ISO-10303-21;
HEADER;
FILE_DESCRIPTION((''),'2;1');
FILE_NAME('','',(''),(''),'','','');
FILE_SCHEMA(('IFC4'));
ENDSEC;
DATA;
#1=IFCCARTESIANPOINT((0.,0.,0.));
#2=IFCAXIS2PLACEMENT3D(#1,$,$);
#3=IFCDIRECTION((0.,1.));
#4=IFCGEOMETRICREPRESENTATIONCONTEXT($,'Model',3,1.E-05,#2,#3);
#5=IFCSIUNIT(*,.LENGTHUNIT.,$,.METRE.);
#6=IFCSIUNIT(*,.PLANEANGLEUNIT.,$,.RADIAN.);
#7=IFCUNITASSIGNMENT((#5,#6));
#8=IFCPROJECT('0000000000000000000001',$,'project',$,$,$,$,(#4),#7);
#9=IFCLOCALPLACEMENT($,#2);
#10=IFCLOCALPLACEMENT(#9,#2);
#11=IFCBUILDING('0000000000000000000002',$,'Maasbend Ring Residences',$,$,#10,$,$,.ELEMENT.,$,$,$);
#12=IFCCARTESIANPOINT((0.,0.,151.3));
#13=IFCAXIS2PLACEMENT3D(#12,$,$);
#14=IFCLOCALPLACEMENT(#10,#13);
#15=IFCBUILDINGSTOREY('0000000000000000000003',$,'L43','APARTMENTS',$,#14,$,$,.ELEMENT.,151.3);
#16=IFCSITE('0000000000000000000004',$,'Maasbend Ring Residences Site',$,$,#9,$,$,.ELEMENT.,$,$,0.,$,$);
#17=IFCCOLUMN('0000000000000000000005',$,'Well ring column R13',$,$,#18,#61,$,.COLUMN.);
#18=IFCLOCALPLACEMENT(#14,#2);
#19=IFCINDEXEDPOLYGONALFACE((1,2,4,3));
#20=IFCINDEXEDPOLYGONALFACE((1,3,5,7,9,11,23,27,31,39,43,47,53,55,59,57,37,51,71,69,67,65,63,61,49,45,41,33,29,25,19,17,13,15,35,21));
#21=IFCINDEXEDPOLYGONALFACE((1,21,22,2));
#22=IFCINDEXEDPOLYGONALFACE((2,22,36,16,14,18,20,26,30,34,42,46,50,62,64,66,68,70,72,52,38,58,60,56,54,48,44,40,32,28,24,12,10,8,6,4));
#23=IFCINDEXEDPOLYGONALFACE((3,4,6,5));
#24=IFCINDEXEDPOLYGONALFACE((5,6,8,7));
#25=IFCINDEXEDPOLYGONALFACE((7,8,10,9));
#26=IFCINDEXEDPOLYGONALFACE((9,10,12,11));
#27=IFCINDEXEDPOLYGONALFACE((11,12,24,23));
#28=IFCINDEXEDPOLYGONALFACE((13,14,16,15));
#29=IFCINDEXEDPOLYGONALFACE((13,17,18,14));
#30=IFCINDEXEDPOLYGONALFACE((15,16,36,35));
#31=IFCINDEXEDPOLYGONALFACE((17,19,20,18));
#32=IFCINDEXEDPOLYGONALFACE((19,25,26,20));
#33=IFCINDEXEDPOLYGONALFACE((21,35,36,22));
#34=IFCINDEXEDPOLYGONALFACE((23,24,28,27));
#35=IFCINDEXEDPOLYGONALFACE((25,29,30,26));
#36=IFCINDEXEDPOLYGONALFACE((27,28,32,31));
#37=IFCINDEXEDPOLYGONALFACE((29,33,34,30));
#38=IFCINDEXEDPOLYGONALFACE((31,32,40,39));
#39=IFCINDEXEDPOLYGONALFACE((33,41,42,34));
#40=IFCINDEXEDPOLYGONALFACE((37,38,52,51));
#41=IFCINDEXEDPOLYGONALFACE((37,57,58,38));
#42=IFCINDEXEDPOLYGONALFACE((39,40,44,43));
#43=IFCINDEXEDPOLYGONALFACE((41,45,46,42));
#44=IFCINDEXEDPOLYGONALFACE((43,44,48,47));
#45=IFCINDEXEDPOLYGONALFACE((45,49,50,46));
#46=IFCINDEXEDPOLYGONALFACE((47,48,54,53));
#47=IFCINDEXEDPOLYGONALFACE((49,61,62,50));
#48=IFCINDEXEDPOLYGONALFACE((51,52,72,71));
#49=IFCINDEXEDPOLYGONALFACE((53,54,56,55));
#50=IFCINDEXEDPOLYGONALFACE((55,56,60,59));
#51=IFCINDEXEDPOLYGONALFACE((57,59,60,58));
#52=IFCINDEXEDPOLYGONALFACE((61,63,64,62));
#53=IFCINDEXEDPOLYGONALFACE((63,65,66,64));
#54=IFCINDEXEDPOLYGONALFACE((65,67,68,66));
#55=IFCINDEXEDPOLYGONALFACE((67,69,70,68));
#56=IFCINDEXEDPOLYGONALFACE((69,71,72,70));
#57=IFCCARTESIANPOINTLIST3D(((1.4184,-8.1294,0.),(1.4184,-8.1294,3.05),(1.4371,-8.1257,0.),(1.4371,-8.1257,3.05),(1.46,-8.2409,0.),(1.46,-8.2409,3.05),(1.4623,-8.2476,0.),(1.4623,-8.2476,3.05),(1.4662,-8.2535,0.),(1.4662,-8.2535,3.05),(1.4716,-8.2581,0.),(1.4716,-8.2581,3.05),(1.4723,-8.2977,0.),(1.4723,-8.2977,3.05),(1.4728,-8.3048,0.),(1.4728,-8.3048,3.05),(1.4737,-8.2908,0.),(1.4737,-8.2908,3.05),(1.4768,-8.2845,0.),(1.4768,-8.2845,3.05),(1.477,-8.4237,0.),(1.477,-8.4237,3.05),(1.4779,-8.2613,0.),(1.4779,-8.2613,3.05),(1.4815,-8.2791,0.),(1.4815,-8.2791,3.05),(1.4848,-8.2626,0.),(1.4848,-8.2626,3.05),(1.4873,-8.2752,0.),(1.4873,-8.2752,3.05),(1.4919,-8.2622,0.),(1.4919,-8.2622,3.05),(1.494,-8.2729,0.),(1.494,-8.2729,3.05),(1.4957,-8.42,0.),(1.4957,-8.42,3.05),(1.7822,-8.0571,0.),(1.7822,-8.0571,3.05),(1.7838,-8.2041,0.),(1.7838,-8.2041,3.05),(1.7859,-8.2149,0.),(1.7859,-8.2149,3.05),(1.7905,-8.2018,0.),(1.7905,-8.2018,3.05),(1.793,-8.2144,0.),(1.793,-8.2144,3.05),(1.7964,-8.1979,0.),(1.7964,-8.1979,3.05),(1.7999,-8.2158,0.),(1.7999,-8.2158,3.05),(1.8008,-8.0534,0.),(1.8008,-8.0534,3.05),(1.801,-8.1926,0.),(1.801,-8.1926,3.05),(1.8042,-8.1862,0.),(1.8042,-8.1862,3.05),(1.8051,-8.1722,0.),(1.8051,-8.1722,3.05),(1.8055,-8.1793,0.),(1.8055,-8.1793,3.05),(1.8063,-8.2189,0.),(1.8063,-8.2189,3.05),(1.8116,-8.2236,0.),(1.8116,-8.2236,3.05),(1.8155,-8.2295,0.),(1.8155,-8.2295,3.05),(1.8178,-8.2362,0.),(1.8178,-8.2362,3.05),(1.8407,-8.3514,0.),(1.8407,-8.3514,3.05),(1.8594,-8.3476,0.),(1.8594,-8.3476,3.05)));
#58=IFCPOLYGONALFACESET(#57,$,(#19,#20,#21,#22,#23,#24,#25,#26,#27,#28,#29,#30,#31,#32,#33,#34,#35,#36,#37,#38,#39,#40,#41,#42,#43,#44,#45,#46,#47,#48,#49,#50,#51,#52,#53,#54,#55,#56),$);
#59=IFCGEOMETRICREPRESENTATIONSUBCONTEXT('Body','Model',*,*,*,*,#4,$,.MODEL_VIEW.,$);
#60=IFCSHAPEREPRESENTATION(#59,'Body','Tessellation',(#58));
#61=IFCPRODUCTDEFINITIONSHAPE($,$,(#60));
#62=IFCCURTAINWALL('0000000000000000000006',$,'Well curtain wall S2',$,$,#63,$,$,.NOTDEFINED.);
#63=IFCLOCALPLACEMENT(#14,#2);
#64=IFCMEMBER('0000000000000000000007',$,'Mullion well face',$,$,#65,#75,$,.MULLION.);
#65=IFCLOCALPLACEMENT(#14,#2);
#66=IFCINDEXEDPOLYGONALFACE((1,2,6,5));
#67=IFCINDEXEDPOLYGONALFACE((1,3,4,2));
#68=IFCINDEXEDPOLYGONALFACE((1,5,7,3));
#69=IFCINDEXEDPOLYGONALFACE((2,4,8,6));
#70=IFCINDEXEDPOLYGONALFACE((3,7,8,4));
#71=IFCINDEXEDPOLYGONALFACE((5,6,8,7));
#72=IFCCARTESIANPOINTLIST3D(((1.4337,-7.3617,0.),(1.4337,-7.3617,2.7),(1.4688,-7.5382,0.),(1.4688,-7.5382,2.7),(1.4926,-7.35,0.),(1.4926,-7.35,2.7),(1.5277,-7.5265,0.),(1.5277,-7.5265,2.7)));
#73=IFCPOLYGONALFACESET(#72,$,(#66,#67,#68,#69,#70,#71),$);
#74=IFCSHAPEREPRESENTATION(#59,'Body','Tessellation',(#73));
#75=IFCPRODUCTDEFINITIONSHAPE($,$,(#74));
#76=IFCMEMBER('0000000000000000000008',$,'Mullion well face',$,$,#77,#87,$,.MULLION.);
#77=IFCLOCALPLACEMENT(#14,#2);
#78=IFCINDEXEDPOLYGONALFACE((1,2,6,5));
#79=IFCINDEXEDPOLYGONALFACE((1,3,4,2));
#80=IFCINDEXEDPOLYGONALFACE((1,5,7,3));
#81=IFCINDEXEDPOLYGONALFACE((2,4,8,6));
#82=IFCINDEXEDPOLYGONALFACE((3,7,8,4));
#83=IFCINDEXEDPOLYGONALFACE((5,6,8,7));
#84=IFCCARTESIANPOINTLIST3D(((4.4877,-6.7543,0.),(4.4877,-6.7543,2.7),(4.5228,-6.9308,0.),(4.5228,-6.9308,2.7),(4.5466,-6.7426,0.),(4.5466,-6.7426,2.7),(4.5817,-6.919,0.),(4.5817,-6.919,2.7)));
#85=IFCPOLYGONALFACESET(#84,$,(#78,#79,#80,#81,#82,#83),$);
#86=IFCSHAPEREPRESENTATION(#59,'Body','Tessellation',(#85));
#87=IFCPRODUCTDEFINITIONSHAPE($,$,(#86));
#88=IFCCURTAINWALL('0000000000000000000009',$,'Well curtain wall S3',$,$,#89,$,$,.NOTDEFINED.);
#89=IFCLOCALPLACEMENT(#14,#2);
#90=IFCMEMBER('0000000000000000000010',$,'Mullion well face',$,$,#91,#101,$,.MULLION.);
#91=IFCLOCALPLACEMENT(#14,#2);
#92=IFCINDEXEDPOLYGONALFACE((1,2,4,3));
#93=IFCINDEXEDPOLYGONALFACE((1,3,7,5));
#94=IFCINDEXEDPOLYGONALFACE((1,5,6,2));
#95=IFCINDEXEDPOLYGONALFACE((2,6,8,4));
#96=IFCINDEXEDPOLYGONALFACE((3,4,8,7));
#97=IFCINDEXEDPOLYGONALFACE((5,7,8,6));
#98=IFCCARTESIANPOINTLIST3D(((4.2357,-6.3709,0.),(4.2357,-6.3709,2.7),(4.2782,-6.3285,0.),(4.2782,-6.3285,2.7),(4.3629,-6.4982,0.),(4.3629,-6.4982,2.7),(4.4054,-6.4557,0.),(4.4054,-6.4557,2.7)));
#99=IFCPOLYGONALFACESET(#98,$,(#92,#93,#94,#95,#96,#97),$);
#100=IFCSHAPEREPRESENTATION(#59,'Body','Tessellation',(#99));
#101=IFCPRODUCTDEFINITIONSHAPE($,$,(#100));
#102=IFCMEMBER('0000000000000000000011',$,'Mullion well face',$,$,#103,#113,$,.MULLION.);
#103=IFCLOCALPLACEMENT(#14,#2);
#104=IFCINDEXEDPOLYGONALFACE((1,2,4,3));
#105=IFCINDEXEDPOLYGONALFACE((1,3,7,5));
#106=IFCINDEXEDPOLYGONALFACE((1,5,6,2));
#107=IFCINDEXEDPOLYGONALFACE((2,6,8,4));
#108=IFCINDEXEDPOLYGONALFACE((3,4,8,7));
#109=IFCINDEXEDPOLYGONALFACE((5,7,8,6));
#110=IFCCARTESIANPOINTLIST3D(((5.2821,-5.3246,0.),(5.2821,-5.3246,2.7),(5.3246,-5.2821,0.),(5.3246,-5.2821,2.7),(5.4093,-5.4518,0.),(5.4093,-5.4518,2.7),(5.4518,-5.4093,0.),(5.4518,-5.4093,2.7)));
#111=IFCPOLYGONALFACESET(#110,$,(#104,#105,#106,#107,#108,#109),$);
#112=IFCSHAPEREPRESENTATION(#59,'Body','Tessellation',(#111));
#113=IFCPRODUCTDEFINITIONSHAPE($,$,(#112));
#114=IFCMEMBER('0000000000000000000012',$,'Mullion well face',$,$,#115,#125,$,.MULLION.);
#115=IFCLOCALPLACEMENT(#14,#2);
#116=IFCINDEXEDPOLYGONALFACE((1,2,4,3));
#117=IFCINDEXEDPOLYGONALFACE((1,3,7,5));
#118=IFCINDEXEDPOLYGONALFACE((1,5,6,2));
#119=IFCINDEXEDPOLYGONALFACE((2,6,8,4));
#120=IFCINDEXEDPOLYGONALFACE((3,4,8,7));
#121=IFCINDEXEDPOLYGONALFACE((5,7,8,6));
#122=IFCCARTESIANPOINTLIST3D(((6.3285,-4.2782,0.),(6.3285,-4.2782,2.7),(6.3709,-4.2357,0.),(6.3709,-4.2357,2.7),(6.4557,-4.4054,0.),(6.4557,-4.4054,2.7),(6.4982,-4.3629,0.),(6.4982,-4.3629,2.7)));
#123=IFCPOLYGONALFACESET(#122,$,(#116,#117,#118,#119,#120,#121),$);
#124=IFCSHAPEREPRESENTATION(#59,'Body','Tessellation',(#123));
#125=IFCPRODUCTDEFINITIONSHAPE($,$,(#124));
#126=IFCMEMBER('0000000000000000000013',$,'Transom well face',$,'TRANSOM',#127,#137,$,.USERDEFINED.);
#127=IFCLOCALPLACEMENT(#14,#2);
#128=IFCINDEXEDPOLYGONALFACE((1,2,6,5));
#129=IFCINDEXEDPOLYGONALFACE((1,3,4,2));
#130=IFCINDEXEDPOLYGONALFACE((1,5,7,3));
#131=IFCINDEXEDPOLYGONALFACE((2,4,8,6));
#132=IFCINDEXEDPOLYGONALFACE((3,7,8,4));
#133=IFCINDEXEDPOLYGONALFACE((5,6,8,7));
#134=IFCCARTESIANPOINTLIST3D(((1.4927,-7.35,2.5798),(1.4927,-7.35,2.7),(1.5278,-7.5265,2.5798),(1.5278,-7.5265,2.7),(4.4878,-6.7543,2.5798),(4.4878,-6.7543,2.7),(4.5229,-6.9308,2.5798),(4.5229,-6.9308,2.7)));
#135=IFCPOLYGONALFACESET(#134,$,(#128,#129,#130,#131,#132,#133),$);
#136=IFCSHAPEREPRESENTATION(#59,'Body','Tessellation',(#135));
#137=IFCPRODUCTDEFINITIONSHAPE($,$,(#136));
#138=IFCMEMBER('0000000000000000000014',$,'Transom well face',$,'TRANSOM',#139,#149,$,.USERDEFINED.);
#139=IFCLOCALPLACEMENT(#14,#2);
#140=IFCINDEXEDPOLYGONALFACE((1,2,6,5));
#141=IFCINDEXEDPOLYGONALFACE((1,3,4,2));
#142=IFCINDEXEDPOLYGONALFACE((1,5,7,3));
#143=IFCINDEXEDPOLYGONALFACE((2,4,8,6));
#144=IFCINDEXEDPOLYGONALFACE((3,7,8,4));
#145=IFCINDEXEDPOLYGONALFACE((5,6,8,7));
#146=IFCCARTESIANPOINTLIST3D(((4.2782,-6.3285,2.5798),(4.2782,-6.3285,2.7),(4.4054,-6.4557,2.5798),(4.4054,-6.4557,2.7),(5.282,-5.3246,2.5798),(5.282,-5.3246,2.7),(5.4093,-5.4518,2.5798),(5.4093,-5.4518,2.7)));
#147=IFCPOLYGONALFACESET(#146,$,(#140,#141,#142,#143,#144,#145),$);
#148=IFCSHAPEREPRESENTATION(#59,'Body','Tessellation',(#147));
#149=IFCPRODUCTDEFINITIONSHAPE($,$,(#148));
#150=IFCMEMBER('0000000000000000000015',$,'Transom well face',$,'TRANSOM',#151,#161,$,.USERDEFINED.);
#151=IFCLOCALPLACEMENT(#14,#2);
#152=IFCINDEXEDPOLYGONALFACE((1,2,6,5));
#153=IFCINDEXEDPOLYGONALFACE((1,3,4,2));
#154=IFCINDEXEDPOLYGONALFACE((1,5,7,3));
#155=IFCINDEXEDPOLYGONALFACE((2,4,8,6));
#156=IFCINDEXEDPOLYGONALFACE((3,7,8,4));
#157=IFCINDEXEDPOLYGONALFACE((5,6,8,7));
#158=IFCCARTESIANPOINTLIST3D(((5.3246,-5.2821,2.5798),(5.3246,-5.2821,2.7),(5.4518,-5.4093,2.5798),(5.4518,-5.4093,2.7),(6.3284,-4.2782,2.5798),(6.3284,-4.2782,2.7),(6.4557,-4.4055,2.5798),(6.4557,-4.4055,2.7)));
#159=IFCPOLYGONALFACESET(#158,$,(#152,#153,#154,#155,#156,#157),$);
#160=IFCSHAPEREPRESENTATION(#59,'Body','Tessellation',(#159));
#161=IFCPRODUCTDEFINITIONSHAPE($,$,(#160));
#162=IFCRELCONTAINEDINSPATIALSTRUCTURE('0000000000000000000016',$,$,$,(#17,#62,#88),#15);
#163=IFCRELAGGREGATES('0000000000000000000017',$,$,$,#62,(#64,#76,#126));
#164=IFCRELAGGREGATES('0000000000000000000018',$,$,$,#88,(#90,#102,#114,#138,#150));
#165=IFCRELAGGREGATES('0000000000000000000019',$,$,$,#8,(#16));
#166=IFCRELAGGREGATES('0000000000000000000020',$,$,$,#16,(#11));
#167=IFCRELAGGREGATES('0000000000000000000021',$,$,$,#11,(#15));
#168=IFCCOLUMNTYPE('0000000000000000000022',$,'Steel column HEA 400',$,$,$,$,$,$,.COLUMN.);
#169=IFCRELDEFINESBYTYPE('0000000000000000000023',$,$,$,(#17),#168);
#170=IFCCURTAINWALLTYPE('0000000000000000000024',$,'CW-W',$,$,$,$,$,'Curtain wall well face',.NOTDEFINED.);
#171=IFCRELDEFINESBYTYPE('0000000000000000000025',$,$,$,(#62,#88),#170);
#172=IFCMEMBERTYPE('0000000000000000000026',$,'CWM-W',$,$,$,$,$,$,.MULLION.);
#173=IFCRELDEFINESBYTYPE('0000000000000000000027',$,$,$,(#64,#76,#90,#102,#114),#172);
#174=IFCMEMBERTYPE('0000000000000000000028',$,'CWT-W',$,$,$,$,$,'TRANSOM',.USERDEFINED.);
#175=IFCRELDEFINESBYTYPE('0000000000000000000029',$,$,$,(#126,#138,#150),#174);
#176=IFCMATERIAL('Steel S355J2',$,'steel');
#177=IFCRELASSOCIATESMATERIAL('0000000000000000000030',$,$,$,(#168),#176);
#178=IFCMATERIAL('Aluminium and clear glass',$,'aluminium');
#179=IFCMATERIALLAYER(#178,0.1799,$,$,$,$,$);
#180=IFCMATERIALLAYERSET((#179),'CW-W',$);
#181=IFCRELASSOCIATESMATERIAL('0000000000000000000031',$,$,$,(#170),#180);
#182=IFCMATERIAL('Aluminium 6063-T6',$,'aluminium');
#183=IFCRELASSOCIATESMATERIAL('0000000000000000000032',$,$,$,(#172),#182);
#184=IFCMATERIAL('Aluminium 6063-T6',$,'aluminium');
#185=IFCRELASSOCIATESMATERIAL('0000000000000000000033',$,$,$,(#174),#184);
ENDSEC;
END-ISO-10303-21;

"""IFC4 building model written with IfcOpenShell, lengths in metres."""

from ifc_helpers import new_model, si_unit, direction, frame, origin, origin_2d, place, context, subcontext, project, spatial, rectangle, i_section, extrude, material, layer, layer_set, material_profile, profile_set, type_object, element, aggregate, save


model = new_model("IFC4")

# Units and contexts
model_context = context("Model", 3, precision=1e-05, world=origin(), true_north=direction((0.0, 1.0)))
body_context = subcontext(model_context, "Body", "Model", "MODEL_VIEW")
ifc_project = project(units=[si_unit("LENGTHUNIT", "METRE"), si_unit("PLANEANGLEUNIT", "RADIAN")], contexts=[model_context])

# Site, building, storey
site_placement = place(None, origin())
site = spatial("IfcSite", under=ifc_project, at=site_placement, Name="Maasbend Ring Residences Site", CompositionType="ELEMENT", RefElevation=0.0)
building_placement = place(site_placement, origin())
building = spatial("IfcBuilding", under=site, at=building_placement, Name="Maasbend Ring Residences", CompositionType="ELEMENT")
storey_placement = place(building_placement, frame((0.0, 0.0, 151.3)))
storey = spatial("IfcBuildingStorey", under=building, at=storey_placement, Name="L43", Description="APARTMENTS", CompositionType="ELEMENT", Elevation=151.3)

# Column
ifc_material_1 = material(Name="Steel S355J2", Category="steel")
ifc_material_profile_1 = material_profile(ifc_material_1, i_section(OverallWidth=0.3, OverallDepth=0.3899, WebThickness=0.011, FlangeThickness=0.019, FilletRadius=0.0271, at=origin_2d()), Name="HEA 400")
ifc_profile_set_1 = profile_set([ifc_material_profile_1], Name="Steel S355J2")
column_type = type_object("IfcColumnType", Name="Steel column HEA 400", PredefinedType="COLUMN", material=ifc_profile_set_1)
column_placement = place(storey_placement, frame((1.6389, -8.2385, 0.0), z_axis=(0.0, 0.0, 1.0), x_axis=(0.19509, -0.980785, 0.0)))
element("IfcColumn", 1, at=column_placement, inside=storey, type_object=column_type, Name="Well ring column R13", PredefinedType="COLUMN", context=body_context, shape_type="SweptSolid", body=[
    extrude(i_section(OverallWidth=0.3, OverallDepth=0.3899, WebThickness=0.011, FlangeThickness=0.019, FilletRadius=0.0271, at=origin_2d()), origin(), (0.0, 0.0, 1.0), 3.05),
])

# Curtain walls, members
ifc_material_2 = material(Name="Aluminium and clear glass", Category="aluminium")
ifc_layer_1 = layer(ifc_material_2, 0.1799)
ifc_layer_set_1 = layer_set([ifc_layer_1], Name="CW-W")
curtain_wall_type = type_object("IfcCurtainWallType", Name="CW-W", ElementType="Curtain wall well face", PredefinedType="NOTDEFINED", material=ifc_layer_set_1)
curtain_wall_1_placement = place(storey_placement, origin())
curtain_wall_1 = element("IfcCurtainWall", 2, at=curtain_wall_1_placement, inside=storey, type_object=curtain_wall_type, Name="Well curtain wall S2", PredefinedType="NOTDEFINED")
ifc_material_3 = material(Name="Aluminium 6063-T6", Category="aluminium")
ifc_material_profile_2 = material_profile(ifc_material_3, rectangle(XDim=0.1799, YDim=0.0601, at=origin_2d()), Name="AL 180x60")
ifc_profile_set_2 = profile_set([ifc_material_profile_2], Name="Aluminium 6063-T6")
member_type_1 = type_object("IfcMemberType", Name="CWM-W", PredefinedType="MULLION", material=ifc_profile_set_2)
member_1_placement = place(storey_placement, frame((1.4807, -7.4441, 0.0), z_axis=(0.0, 0.0, 1.0), x_axis=(-0.19509, 0.980785, 0.0)))
member_1 = element("IfcMember", 3, at=member_1_placement, type_object=member_type_1, Name="Mullion well face", PredefinedType="MULLION", context=body_context, shape_type="SweptSolid", body=[
    extrude(rectangle(XDim=0.1799, YDim=0.0601, at=origin_2d()), origin(), (0.0, 0.0, 1.0), 2.7),
])
member_2_placement = place(storey_placement, frame((4.5347, -6.8367, 0.0), z_axis=(0.0, 0.0, 1.0), x_axis=(-0.19509, 0.980785, 0.0)))
member_2 = element("IfcMember", 4, at=member_2_placement, type_object=member_type_1, Name="Mullion well face", PredefinedType="MULLION", context=body_context, shape_type="SweptSolid", body=[
    extrude(rectangle(XDim=0.1799, YDim=0.0601, at=origin_2d()), origin(), (0.0, 0.0, 1.0), 2.7),
])
curtain_wall_2_placement = place(storey_placement, origin())
curtain_wall_2 = element("IfcCurtainWall", 5, at=curtain_wall_2_placement, inside=storey, type_object=curtain_wall_type, Name="Well curtain wall S3", PredefinedType="NOTDEFINED")
member_3_placement = place(storey_placement, frame((4.3206, -6.4133, 0.0), z_axis=(0.0, 0.0, 1.0), x_axis=(-0.707107, 0.707107, 0.0)))
member_3 = element("IfcMember", 6, at=member_3_placement, type_object=member_type_1, Name="Mullion well face", PredefinedType="MULLION", context=body_context, shape_type="SweptSolid", body=[
    extrude(rectangle(XDim=0.1799, YDim=0.0601, at=origin_2d()), origin(), (0.0, 0.0, 1.0), 2.7),
])
member_4_placement = place(storey_placement, frame((5.3669, -5.3669, 0.0), z_axis=(0.0, 0.0, 1.0), x_axis=(-0.707107, 0.707107, 0.0)))
member_4 = element("IfcMember", 7, at=member_4_placement, type_object=member_type_1, Name="Mullion well face", PredefinedType="MULLION", context=body_context, shape_type="SweptSolid", body=[
    extrude(rectangle(XDim=0.1799, YDim=0.0601, at=origin_2d()), origin(), (0.0, 0.0, 1.0), 2.7),
])
member_5_placement = place(storey_placement, frame((6.4133, -4.3206, 0.0), z_axis=(0.0, 0.0, 1.0), x_axis=(-0.707107, 0.707107, 0.0)))
member_5 = element("IfcMember", 8, at=member_5_placement, type_object=member_type_1, Name="Mullion well face", PredefinedType="MULLION", context=body_context, shape_type="SweptSolid", body=[
    extrude(rectangle(XDim=0.1799, YDim=0.0601, at=origin_2d()), origin(), (0.0, 0.0, 1.0), 2.7),
])

# Members
ifc_material_4 = material(Name="Aluminium 6063-T6", Category="aluminium")
ifc_material_profile_3 = material_profile(ifc_material_4, rectangle(XDim=0.1799, YDim=0.1201, at=origin_2d()), Name="AL 180x120")
ifc_profile_set_3 = profile_set([ifc_material_profile_3], Name="Aluminium 6063-T6")
member_type_2 = type_object("IfcMemberType", Name="CWT-W", ElementType="TRANSOM", PredefinedType="USERDEFINED", material=ifc_profile_set_3)
member_6_placement = place(storey_placement, frame((1.5103, -7.4382, 2.6399), z_axis=(0.980789, 0.195071, 0.0), x_axis=(-0.195071, 0.980789, 0.0)))
member_6 = element("IfcMember", 9, at=member_6_placement, type_object=member_type_2, Name="Transom well face", ObjectType="TRANSOM", PredefinedType="USERDEFINED", context=body_context, shape_type="SweptSolid", body=[
    extrude(rectangle(XDim=0.1799, YDim=0.1201, at=origin_2d()), origin(), (0.0, 0.0, 1.0), 3.0537),
])
member_7_placement = place(storey_placement, frame((4.3418, -6.3921, 2.6399), z_axis=(0.707107, 0.707107, 0.0), x_axis=(-0.707107, 0.707107, 0.0)))
member_7 = element("IfcMember", 10, at=member_7_placement, type_object=member_type_2, Name="Transom well face", ObjectType="TRANSOM", PredefinedType="USERDEFINED", context=body_context, shape_type="SweptSolid", body=[
    extrude(rectangle(XDim=0.1799, YDim=0.1201, at=origin_2d()), origin(), (0.0, 0.0, 1.0), 1.4197),
])
member_8_placement = place(storey_placement, frame((5.3882, -5.3457, 2.6399), z_axis=(0.707107, 0.707107, 0.0), x_axis=(-0.707107, 0.707107, 0.0)))
member_8 = element("IfcMember", 11, at=member_8_placement, type_object=member_type_2, Name="Transom well face", ObjectType="TRANSOM", PredefinedType="USERDEFINED", context=body_context, shape_type="SweptSolid", body=[
    extrude(rectangle(XDim=0.1799, YDim=0.1201, at=origin_2d()), origin(), (0.0, 0.0, 1.0), 1.4197),
])

aggregate(curtain_wall_1, [member_1, member_2, member_6])
aggregate(curtain_wall_2, [member_3, member_4, member_5, member_7, member_8])

save(model, "model.ifc")
